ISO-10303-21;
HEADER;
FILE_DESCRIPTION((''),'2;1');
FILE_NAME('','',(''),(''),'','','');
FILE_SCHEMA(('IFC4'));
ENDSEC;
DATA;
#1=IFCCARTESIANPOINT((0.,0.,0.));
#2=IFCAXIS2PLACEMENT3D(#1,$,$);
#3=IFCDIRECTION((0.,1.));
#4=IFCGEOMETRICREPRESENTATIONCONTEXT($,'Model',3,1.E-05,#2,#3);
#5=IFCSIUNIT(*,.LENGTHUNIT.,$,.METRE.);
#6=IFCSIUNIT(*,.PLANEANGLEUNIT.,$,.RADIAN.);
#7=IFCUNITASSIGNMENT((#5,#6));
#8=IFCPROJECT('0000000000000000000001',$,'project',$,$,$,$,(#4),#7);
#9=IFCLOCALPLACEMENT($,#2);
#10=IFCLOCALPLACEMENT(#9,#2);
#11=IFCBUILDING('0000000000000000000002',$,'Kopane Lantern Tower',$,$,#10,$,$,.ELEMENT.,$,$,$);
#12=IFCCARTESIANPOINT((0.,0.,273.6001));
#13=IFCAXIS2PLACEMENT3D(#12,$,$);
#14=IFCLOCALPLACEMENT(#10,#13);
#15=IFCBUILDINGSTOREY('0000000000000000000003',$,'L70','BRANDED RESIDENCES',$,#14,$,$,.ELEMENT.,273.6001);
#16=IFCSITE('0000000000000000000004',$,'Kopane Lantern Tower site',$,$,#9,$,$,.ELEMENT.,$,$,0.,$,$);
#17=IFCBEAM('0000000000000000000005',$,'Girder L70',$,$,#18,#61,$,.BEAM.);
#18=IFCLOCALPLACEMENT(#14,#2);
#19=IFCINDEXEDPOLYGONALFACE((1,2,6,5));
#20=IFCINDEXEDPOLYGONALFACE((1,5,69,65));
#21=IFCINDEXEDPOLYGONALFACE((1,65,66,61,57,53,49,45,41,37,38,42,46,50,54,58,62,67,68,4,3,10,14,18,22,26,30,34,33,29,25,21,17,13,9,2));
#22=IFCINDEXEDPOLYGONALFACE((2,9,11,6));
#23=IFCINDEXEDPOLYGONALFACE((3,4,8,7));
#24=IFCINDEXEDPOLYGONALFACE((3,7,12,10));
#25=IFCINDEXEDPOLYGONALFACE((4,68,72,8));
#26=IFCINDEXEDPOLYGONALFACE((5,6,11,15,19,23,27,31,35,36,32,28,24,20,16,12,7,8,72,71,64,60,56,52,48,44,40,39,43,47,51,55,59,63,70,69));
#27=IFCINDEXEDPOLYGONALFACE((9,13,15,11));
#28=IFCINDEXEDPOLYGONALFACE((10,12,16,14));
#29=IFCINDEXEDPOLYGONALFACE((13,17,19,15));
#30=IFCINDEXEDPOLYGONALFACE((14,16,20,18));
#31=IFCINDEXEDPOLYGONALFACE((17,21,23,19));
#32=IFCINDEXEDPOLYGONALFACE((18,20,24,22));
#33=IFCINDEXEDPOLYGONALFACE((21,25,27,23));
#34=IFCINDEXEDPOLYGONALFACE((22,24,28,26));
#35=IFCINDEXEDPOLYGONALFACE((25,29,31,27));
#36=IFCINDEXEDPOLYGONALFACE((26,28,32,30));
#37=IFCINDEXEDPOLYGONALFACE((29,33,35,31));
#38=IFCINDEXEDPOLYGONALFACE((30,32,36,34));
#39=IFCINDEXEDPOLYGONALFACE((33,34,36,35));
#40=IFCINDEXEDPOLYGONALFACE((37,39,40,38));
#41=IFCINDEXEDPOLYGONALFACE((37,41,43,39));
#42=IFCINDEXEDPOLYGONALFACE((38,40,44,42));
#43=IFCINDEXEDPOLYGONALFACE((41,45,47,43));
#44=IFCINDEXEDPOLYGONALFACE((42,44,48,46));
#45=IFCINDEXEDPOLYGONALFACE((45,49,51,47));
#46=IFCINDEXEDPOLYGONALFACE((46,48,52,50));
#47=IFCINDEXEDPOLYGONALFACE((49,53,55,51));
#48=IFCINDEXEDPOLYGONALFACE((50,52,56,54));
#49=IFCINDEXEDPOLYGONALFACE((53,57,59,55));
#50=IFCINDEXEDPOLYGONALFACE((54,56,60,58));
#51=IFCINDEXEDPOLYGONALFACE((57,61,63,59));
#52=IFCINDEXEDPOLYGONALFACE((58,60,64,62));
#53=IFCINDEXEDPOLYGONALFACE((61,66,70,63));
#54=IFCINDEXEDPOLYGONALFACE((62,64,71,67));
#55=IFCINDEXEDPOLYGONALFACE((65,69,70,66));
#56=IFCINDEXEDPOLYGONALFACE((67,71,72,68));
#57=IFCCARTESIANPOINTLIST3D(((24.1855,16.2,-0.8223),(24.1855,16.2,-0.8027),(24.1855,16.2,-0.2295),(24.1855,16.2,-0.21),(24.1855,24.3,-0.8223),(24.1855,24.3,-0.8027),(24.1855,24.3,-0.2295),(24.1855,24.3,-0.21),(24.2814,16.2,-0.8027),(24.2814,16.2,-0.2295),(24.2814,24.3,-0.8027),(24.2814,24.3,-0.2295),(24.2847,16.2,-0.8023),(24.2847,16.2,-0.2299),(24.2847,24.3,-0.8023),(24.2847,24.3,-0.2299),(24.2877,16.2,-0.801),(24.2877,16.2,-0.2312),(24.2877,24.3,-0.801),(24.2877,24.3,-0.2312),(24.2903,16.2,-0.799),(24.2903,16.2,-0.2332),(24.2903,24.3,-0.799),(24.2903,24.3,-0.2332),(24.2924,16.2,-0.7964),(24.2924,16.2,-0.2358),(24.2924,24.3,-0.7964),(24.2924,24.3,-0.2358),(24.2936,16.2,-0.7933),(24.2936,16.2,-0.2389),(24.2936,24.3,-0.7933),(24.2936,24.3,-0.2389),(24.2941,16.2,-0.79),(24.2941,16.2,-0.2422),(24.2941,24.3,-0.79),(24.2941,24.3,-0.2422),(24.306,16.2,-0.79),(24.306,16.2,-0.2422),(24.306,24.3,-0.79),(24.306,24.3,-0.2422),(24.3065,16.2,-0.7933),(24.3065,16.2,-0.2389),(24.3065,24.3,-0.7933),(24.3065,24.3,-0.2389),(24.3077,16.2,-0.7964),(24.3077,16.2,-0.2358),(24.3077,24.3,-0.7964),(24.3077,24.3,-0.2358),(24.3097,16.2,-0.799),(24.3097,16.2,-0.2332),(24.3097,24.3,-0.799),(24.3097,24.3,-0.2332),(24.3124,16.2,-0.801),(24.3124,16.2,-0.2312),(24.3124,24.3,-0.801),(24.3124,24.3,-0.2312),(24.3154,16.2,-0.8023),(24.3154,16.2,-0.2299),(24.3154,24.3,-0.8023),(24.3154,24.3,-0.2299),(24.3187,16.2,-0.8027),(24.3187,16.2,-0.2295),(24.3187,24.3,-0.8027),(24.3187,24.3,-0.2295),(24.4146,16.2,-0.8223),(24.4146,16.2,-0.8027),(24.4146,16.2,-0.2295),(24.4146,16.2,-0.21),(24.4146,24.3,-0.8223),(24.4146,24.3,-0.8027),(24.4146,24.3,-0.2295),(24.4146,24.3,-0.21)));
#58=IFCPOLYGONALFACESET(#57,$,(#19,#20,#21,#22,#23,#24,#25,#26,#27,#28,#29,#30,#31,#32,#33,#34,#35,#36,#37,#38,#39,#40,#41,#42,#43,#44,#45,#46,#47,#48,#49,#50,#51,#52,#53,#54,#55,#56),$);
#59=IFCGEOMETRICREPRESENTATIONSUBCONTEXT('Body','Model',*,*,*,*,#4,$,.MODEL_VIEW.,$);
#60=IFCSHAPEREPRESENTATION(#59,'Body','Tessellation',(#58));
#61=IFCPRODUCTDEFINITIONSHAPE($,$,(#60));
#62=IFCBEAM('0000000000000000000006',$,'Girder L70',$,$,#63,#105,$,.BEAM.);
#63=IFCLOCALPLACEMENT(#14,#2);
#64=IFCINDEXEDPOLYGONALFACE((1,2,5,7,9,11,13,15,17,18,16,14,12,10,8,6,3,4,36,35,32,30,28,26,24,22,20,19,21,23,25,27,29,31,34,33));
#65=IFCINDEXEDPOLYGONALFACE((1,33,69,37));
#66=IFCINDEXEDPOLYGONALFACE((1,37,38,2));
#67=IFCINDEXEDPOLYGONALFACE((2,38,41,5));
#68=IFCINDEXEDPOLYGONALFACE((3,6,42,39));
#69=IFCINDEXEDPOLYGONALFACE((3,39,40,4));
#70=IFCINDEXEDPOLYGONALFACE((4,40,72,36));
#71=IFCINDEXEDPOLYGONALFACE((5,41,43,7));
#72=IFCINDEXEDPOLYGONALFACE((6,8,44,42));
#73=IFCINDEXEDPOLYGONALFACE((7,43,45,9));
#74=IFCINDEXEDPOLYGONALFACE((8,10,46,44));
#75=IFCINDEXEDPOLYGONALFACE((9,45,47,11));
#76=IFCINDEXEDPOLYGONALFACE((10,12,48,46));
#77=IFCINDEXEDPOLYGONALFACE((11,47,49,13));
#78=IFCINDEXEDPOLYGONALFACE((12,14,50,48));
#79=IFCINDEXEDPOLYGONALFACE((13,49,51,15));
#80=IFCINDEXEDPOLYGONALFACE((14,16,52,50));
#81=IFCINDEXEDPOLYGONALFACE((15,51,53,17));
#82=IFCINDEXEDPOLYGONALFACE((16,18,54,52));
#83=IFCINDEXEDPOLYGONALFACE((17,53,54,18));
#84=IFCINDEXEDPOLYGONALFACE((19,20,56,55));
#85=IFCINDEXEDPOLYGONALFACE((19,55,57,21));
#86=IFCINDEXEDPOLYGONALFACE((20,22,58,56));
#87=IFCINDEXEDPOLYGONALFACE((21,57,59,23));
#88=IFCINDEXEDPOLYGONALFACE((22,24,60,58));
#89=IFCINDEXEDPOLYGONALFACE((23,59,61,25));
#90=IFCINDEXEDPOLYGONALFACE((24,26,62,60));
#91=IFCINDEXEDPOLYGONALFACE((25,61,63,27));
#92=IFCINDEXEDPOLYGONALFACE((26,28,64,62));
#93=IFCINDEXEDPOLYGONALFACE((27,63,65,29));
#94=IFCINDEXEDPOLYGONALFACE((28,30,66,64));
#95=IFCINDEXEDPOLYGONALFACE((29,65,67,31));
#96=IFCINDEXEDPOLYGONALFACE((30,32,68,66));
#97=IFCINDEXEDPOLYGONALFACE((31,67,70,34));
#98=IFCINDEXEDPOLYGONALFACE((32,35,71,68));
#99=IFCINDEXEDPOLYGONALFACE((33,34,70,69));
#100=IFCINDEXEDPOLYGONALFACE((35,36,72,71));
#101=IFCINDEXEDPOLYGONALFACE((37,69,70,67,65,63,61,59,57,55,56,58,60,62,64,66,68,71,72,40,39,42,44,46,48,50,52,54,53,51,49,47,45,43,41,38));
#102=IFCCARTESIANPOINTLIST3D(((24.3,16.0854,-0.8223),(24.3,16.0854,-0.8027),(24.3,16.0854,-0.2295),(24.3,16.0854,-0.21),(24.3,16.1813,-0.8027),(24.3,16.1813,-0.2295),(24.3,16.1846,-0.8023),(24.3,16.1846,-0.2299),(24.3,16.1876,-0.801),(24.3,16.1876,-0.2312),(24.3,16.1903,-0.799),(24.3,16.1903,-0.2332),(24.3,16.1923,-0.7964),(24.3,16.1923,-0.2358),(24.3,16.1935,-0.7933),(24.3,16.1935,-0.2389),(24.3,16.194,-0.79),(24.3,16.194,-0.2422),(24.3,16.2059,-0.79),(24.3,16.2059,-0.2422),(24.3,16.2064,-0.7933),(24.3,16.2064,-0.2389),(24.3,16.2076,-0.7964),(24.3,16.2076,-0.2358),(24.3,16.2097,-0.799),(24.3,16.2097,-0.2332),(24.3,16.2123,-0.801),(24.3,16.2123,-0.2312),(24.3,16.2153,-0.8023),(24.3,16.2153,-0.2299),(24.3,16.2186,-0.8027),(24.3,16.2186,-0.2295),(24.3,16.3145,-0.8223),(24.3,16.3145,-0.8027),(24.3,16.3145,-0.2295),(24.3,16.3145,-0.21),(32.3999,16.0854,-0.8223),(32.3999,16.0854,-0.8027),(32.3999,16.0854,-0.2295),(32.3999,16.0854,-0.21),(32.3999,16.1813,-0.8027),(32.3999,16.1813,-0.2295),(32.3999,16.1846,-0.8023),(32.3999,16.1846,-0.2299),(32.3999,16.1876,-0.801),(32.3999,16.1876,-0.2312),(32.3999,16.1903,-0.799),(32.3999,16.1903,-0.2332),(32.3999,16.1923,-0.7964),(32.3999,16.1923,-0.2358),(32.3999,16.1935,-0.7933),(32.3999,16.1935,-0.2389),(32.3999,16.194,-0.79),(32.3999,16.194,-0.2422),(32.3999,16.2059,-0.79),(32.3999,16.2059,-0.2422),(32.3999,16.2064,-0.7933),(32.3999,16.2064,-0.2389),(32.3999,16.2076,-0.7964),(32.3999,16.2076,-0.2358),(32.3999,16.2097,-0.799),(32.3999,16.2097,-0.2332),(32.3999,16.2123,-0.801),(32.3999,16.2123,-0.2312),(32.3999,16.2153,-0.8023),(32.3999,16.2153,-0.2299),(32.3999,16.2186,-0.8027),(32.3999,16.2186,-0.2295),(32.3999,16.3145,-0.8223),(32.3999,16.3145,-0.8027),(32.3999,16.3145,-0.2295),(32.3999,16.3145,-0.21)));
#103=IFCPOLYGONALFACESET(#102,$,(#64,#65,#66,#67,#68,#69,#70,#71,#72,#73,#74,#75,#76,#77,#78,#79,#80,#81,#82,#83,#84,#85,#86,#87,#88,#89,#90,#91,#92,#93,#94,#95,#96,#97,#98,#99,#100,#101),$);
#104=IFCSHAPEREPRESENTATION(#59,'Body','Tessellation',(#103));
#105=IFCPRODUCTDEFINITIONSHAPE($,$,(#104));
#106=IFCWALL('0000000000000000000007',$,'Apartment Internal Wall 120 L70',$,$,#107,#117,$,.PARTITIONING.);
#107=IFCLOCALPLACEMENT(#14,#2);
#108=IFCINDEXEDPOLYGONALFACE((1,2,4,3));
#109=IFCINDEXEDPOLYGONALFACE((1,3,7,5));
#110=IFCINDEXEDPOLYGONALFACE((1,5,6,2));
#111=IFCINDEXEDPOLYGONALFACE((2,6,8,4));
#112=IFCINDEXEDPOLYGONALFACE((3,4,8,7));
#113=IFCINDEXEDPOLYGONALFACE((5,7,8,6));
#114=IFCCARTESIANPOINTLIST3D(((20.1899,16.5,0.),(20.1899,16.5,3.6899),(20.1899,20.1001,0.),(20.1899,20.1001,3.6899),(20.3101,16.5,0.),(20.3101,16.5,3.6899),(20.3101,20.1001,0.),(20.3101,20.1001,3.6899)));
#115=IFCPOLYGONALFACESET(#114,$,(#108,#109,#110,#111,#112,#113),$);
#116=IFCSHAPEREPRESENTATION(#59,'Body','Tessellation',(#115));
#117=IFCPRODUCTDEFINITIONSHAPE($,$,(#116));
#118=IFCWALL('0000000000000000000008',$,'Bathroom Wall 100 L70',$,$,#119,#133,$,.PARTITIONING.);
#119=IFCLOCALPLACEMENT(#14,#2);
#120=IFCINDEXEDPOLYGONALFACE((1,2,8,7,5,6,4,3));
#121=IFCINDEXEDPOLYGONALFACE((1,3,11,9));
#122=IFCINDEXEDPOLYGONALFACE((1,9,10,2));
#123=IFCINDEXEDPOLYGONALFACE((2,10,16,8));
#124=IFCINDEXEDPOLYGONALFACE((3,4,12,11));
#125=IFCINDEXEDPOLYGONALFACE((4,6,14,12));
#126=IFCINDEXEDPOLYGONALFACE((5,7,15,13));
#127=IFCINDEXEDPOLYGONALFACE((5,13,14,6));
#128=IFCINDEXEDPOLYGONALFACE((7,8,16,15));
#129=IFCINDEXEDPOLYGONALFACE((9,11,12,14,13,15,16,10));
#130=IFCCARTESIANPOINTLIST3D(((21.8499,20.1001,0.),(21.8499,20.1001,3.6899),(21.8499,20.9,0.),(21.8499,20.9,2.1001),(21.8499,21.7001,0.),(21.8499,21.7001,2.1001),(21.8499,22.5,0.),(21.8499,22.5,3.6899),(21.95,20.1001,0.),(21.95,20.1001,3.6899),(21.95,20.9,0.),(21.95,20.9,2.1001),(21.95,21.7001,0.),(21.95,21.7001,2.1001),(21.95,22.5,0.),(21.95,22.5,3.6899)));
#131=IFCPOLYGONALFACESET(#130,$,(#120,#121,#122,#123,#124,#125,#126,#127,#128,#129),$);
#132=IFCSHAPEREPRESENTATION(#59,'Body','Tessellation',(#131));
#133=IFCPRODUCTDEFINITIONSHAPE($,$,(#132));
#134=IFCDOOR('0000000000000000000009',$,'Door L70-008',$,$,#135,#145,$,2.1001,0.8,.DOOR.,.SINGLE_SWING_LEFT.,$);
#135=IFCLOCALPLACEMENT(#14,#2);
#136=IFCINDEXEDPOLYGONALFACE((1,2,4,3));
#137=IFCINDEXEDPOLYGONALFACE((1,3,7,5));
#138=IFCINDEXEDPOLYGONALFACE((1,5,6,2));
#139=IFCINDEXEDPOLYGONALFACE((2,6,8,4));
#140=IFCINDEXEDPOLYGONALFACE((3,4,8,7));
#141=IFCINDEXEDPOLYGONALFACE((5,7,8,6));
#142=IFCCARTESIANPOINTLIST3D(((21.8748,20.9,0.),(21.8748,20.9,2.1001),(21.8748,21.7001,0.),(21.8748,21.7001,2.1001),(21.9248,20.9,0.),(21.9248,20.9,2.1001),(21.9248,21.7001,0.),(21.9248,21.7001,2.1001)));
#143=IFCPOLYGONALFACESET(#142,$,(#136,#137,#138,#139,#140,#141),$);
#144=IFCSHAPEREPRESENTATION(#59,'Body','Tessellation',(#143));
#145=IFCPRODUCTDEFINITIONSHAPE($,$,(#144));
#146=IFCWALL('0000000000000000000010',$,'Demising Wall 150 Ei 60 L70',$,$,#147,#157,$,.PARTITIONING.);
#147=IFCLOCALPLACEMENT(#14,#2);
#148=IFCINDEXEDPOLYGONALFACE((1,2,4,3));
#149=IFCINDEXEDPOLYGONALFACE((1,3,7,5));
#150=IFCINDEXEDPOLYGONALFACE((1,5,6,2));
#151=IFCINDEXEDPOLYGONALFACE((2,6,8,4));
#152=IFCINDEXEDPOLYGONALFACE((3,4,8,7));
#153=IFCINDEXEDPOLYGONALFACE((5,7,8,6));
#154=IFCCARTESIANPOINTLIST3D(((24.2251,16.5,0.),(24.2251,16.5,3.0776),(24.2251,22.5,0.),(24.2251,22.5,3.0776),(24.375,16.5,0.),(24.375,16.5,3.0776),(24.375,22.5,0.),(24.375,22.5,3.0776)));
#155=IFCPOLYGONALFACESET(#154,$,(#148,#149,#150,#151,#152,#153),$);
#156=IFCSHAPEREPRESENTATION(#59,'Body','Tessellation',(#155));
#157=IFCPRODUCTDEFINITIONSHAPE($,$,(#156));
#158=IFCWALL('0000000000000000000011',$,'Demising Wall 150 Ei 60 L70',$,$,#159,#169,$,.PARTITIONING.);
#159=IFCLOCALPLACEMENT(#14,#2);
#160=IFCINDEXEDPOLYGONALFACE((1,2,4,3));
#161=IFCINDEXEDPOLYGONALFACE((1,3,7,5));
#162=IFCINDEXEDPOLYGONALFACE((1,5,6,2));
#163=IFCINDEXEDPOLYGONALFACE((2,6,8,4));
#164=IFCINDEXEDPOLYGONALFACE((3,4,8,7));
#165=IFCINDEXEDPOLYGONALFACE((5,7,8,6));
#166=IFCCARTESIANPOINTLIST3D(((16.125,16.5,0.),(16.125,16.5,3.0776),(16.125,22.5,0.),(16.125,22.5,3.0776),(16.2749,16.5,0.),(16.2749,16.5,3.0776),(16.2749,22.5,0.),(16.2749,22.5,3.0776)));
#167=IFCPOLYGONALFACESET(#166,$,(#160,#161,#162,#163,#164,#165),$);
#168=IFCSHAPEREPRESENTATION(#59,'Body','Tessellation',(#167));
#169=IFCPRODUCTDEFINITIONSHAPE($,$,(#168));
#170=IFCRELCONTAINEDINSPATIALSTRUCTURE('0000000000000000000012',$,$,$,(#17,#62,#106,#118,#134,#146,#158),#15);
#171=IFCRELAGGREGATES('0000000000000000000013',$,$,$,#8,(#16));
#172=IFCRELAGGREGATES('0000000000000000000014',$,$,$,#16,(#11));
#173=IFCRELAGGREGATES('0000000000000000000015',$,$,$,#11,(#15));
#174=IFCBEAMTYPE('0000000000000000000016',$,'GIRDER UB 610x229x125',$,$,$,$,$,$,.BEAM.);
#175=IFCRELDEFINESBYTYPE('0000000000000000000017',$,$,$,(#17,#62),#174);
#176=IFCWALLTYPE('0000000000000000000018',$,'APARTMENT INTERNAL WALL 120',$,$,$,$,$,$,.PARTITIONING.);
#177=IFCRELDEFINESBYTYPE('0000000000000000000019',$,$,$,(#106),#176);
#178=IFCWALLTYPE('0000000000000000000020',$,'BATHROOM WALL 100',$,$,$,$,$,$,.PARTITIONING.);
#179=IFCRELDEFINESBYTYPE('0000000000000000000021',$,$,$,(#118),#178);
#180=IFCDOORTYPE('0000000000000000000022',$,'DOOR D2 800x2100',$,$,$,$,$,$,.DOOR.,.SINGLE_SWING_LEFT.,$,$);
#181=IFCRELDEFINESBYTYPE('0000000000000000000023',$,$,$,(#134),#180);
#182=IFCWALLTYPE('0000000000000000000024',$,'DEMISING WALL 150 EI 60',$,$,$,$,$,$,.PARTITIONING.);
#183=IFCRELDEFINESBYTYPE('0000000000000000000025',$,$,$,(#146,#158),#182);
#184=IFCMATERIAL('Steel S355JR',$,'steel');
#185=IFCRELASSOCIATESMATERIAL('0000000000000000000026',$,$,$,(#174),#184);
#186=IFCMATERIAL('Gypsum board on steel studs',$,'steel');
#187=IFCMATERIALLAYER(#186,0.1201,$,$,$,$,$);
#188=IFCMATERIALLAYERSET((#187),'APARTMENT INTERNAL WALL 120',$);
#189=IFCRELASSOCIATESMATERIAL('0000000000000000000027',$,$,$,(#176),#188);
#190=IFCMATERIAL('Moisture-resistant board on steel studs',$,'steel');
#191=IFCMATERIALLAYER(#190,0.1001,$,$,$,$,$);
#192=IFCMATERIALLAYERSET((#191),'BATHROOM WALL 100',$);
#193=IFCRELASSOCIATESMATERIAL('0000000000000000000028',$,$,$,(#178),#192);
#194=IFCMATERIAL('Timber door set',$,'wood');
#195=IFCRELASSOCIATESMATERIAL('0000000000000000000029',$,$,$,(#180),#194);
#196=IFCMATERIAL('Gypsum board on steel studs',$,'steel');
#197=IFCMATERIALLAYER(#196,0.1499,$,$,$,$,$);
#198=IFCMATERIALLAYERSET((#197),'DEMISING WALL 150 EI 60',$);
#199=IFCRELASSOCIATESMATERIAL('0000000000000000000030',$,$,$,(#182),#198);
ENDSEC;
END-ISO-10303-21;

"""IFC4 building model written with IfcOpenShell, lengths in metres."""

from ifc_helpers import new_model, si_unit, direction, frame, frame_2d, origin, origin_2d, place, context, subcontext, project, spatial, rectangle, i_section, extrude, material, layer, layer_set, material_profile, profile_set, type_object, element, fill, save


model = new_model("IFC4")

# Units and contexts
model_context = context("Model", 3, precision=1e-05, world=origin(), true_north=direction((0.0, 1.0)))
body_context = subcontext(model_context, "Body", "Model", "MODEL_VIEW")
ifc_project = project(units=[si_unit("LENGTHUNIT", "METRE"), si_unit("PLANEANGLEUNIT", "RADIAN")], contexts=[model_context])

# Site, building, storey
site_placement = place(None, origin())
site = spatial("IfcSite", under=ifc_project, at=site_placement, Name="Kopane Lantern Tower site", CompositionType="ELEMENT", RefElevation=0.0)
building_placement = place(site_placement, origin())
building = spatial("IfcBuilding", under=site, at=building_placement, Name="Kopane Lantern Tower", CompositionType="ELEMENT")
storey_placement = place(building_placement, frame((0.0, 0.0, 273.6001)))
storey = spatial("IfcBuildingStorey", under=building, at=storey_placement, Name="L70", Description="BRANDED RESIDENCES", CompositionType="ELEMENT", Elevation=273.6001)

# Beams
ifc_material_1 = material(Name="Steel S355JR", Category="steel")
ifc_material_profile_1 = material_profile(ifc_material_1, i_section(OverallWidth=0.229, OverallDepth=0.6123, WebThickness=0.012, FlangeThickness=0.0195, FilletRadius=0.0127, at=origin_2d()), Name="UB 610x229x125")
ifc_profile_set_1 = profile_set([ifc_material_profile_1], Name="Steel S355JR")
beam_type = type_object("IfcBeamType", Name="GIRDER UB 610x229x125", PredefinedType="BEAM", material=ifc_profile_set_1)
for number, where, z_axis, x_axis, name in (
    (1, (24.3, 16.2, -0.5161), (0.0, 1.0, 0.0), (-1.0, 0.0, 0.0), "Girder L70"),
):
    element("IfcBeam", number, at=place(storey_placement, frame(where, z_axis=z_axis, x_axis=x_axis)), inside=storey, type_object=beam_type, Name=name, PredefinedType="BEAM", context=body_context, shape_type="SweptSolid", body=[
        extrude(i_section(OverallWidth=0.229, OverallDepth=0.6123, WebThickness=0.012, FlangeThickness=0.0195, FilletRadius=0.0127, at=origin_2d()), origin(), (0.0, 0.0, 1.0), 8.1001),
    ])
beam_placement = place(storey_placement, frame((24.3, 16.2, -0.5161), z_axis=(1.0, 0.0, 0.0), x_axis=(0.0, 1.0, 0.0)))
element("IfcBeam", 2, at=beam_placement, inside=storey, type_object=beam_type, Name="Girder L70", PredefinedType="BEAM", context=body_context, shape_type="SweptSolid", body=[
    extrude(i_section(OverallWidth=0.229, OverallDepth=0.6123, WebThickness=0.012, FlangeThickness=0.0195, FilletRadius=0.0127, at=origin_2d()), origin(), (0.0, 0.0, 1.0), 8.0999),
])

# Wall
ifc_material_2 = material(Name="Gypsum board on steel studs", Category="steel")
ifc_layer_1 = layer(ifc_material_2, 0.1201)
ifc_layer_set_1 = layer_set([ifc_layer_1], Name="APARTMENT INTERNAL WALL 120")
wall_type_1 = type_object("IfcWallType", Name="APARTMENT INTERNAL WALL 120", PredefinedType="PARTITIONING", material=ifc_layer_set_1)
wall_1_placement = place(storey_placement, frame((20.25, 20.1001, 0.0), z_axis=(0.0, 0.0, 1.0), x_axis=(0.0, -1.0, 0.0)))
element("IfcWall", 3, at=wall_1_placement, inside=storey, type_object=wall_type_1, Name="Apartment Internal Wall 120 L70", PredefinedType="PARTITIONING", context=body_context, shape_type="SweptSolid", body=[
    extrude(rectangle(XDim=3.6001, YDim=0.1201, at=frame_2d((1.8, 0.0))), origin(), (0.0, 0.0, 1.0), 3.6899),
])

# Wall, opening, door
ifc_material_3 = material(Name="Moisture-resistant board on steel studs", Category="steel")
ifc_layer_2 = layer(ifc_material_3, 0.1001)
ifc_layer_set_2 = layer_set([ifc_layer_2], Name="BATHROOM WALL 100")
wall_type_2 = type_object("IfcWallType", Name="BATHROOM WALL 100", PredefinedType="PARTITIONING", material=ifc_layer_set_2)
wall_2_placement = place(storey_placement, frame((21.8999, 22.5, 0.0), z_axis=(0.0, 0.0, 1.0), x_axis=(0.0, -1.0, 0.0)))
wall_2 = element("IfcWall", 4, at=wall_2_placement, inside=storey, type_object=wall_type_2, Name="Bathroom Wall 100 L70", PredefinedType="PARTITIONING", context=body_context, shape_type="SweptSolid", body=[
    extrude(rectangle(XDim=2.3999, YDim=0.1001, at=frame_2d((1.2, 0.0))), origin(), (0.0, 0.0, 1.0), 3.6899),
])
opening_1_placement = place(wall_2_placement, frame((0.8, 0.0, 0.0)))
opening_1 = element("IfcOpeningElement", 5, at=opening_1_placement, cuts=wall_2, PredefinedType="OPENING", context=body_context, shape_type="SweptSolid", body=[
    extrude(rectangle(XDim=0.8, YDim=2.1001, at=frame_2d((0.3999, 1.05))), frame((0.0, 0.0601, 0.0), z_axis=(0.0, -1.0, 0.0), x_axis=(1.0, 0.0, 0.0)), (0.0, 0.0, 1.0), 0.1201),
])
ifc_material_4 = material(Name="Timber door set", Category="wood")
door_type_1 = type_object("IfcDoorType", Name="DOOR D2 800x2100", OperationType="SINGLE_SWING_LEFT", PredefinedType="DOOR", material=ifc_material_4)
door_1_placement = place(opening_1_placement, origin())
door_1 = element("IfcDoor", 6, at=door_1_placement, inside=storey, type_object=door_type_1, Name="Door L70-008", OperationType="SINGLE_SWING_LEFT", OverallHeight=2.1001, OverallWidth=0.8, PredefinedType="DOOR", context=body_context, shape_type="SweptSolid", body=[
    extrude(rectangle(XDim=0.8, YDim=2.1001, at=frame_2d((0.3999, 1.05))), frame((0.0, 0.0249, 0.0), z_axis=(0.0, -1.0, 0.0), x_axis=(1.0, 0.0, 0.0)), (0.0, 0.0, 1.0), 0.05),
])
fill(opening_1, door_1)

# Walls
ifc_material_5 = material(Name="Gypsum board on steel studs", Category="steel")
ifc_layer_3 = layer(ifc_material_5, 0.1499)
ifc_layer_set_3 = layer_set([ifc_layer_3], Name="DEMISING WALL 150 EI 60")
wall_type_3 = type_object("IfcWallType", Name="DEMISING WALL 150 EI 60", PredefinedType="PARTITIONING", material=ifc_layer_set_3)
for number, where, z_axis, x_axis, name in (
    (7, (24.3, 22.5, 0.0), (0.0, 0.0, 1.0), (0.0, -1.0, 0.0), "Demising Wall 150 Ei 60 L70"),
    (8, (16.2, 22.5, 0.0), (0.0, 0.0, 1.0), (0.0, -1.0, 0.0), "Demising Wall 150 Ei 60 L70"),
):
    element("IfcWall", number, at=place(storey_placement, frame(where, z_axis=z_axis, x_axis=x_axis)), inside=storey, type_object=wall_type_3, Name=name, PredefinedType="PARTITIONING", context=body_context, shape_type="SweptSolid", body=[
        extrude(rectangle(XDim=6.0, YDim=0.1499, at=frame_2d((3.0, 0.0))), origin(), (0.0, 0.0, 1.0), 3.0776),
    ])

save(model, "model.ifc")
